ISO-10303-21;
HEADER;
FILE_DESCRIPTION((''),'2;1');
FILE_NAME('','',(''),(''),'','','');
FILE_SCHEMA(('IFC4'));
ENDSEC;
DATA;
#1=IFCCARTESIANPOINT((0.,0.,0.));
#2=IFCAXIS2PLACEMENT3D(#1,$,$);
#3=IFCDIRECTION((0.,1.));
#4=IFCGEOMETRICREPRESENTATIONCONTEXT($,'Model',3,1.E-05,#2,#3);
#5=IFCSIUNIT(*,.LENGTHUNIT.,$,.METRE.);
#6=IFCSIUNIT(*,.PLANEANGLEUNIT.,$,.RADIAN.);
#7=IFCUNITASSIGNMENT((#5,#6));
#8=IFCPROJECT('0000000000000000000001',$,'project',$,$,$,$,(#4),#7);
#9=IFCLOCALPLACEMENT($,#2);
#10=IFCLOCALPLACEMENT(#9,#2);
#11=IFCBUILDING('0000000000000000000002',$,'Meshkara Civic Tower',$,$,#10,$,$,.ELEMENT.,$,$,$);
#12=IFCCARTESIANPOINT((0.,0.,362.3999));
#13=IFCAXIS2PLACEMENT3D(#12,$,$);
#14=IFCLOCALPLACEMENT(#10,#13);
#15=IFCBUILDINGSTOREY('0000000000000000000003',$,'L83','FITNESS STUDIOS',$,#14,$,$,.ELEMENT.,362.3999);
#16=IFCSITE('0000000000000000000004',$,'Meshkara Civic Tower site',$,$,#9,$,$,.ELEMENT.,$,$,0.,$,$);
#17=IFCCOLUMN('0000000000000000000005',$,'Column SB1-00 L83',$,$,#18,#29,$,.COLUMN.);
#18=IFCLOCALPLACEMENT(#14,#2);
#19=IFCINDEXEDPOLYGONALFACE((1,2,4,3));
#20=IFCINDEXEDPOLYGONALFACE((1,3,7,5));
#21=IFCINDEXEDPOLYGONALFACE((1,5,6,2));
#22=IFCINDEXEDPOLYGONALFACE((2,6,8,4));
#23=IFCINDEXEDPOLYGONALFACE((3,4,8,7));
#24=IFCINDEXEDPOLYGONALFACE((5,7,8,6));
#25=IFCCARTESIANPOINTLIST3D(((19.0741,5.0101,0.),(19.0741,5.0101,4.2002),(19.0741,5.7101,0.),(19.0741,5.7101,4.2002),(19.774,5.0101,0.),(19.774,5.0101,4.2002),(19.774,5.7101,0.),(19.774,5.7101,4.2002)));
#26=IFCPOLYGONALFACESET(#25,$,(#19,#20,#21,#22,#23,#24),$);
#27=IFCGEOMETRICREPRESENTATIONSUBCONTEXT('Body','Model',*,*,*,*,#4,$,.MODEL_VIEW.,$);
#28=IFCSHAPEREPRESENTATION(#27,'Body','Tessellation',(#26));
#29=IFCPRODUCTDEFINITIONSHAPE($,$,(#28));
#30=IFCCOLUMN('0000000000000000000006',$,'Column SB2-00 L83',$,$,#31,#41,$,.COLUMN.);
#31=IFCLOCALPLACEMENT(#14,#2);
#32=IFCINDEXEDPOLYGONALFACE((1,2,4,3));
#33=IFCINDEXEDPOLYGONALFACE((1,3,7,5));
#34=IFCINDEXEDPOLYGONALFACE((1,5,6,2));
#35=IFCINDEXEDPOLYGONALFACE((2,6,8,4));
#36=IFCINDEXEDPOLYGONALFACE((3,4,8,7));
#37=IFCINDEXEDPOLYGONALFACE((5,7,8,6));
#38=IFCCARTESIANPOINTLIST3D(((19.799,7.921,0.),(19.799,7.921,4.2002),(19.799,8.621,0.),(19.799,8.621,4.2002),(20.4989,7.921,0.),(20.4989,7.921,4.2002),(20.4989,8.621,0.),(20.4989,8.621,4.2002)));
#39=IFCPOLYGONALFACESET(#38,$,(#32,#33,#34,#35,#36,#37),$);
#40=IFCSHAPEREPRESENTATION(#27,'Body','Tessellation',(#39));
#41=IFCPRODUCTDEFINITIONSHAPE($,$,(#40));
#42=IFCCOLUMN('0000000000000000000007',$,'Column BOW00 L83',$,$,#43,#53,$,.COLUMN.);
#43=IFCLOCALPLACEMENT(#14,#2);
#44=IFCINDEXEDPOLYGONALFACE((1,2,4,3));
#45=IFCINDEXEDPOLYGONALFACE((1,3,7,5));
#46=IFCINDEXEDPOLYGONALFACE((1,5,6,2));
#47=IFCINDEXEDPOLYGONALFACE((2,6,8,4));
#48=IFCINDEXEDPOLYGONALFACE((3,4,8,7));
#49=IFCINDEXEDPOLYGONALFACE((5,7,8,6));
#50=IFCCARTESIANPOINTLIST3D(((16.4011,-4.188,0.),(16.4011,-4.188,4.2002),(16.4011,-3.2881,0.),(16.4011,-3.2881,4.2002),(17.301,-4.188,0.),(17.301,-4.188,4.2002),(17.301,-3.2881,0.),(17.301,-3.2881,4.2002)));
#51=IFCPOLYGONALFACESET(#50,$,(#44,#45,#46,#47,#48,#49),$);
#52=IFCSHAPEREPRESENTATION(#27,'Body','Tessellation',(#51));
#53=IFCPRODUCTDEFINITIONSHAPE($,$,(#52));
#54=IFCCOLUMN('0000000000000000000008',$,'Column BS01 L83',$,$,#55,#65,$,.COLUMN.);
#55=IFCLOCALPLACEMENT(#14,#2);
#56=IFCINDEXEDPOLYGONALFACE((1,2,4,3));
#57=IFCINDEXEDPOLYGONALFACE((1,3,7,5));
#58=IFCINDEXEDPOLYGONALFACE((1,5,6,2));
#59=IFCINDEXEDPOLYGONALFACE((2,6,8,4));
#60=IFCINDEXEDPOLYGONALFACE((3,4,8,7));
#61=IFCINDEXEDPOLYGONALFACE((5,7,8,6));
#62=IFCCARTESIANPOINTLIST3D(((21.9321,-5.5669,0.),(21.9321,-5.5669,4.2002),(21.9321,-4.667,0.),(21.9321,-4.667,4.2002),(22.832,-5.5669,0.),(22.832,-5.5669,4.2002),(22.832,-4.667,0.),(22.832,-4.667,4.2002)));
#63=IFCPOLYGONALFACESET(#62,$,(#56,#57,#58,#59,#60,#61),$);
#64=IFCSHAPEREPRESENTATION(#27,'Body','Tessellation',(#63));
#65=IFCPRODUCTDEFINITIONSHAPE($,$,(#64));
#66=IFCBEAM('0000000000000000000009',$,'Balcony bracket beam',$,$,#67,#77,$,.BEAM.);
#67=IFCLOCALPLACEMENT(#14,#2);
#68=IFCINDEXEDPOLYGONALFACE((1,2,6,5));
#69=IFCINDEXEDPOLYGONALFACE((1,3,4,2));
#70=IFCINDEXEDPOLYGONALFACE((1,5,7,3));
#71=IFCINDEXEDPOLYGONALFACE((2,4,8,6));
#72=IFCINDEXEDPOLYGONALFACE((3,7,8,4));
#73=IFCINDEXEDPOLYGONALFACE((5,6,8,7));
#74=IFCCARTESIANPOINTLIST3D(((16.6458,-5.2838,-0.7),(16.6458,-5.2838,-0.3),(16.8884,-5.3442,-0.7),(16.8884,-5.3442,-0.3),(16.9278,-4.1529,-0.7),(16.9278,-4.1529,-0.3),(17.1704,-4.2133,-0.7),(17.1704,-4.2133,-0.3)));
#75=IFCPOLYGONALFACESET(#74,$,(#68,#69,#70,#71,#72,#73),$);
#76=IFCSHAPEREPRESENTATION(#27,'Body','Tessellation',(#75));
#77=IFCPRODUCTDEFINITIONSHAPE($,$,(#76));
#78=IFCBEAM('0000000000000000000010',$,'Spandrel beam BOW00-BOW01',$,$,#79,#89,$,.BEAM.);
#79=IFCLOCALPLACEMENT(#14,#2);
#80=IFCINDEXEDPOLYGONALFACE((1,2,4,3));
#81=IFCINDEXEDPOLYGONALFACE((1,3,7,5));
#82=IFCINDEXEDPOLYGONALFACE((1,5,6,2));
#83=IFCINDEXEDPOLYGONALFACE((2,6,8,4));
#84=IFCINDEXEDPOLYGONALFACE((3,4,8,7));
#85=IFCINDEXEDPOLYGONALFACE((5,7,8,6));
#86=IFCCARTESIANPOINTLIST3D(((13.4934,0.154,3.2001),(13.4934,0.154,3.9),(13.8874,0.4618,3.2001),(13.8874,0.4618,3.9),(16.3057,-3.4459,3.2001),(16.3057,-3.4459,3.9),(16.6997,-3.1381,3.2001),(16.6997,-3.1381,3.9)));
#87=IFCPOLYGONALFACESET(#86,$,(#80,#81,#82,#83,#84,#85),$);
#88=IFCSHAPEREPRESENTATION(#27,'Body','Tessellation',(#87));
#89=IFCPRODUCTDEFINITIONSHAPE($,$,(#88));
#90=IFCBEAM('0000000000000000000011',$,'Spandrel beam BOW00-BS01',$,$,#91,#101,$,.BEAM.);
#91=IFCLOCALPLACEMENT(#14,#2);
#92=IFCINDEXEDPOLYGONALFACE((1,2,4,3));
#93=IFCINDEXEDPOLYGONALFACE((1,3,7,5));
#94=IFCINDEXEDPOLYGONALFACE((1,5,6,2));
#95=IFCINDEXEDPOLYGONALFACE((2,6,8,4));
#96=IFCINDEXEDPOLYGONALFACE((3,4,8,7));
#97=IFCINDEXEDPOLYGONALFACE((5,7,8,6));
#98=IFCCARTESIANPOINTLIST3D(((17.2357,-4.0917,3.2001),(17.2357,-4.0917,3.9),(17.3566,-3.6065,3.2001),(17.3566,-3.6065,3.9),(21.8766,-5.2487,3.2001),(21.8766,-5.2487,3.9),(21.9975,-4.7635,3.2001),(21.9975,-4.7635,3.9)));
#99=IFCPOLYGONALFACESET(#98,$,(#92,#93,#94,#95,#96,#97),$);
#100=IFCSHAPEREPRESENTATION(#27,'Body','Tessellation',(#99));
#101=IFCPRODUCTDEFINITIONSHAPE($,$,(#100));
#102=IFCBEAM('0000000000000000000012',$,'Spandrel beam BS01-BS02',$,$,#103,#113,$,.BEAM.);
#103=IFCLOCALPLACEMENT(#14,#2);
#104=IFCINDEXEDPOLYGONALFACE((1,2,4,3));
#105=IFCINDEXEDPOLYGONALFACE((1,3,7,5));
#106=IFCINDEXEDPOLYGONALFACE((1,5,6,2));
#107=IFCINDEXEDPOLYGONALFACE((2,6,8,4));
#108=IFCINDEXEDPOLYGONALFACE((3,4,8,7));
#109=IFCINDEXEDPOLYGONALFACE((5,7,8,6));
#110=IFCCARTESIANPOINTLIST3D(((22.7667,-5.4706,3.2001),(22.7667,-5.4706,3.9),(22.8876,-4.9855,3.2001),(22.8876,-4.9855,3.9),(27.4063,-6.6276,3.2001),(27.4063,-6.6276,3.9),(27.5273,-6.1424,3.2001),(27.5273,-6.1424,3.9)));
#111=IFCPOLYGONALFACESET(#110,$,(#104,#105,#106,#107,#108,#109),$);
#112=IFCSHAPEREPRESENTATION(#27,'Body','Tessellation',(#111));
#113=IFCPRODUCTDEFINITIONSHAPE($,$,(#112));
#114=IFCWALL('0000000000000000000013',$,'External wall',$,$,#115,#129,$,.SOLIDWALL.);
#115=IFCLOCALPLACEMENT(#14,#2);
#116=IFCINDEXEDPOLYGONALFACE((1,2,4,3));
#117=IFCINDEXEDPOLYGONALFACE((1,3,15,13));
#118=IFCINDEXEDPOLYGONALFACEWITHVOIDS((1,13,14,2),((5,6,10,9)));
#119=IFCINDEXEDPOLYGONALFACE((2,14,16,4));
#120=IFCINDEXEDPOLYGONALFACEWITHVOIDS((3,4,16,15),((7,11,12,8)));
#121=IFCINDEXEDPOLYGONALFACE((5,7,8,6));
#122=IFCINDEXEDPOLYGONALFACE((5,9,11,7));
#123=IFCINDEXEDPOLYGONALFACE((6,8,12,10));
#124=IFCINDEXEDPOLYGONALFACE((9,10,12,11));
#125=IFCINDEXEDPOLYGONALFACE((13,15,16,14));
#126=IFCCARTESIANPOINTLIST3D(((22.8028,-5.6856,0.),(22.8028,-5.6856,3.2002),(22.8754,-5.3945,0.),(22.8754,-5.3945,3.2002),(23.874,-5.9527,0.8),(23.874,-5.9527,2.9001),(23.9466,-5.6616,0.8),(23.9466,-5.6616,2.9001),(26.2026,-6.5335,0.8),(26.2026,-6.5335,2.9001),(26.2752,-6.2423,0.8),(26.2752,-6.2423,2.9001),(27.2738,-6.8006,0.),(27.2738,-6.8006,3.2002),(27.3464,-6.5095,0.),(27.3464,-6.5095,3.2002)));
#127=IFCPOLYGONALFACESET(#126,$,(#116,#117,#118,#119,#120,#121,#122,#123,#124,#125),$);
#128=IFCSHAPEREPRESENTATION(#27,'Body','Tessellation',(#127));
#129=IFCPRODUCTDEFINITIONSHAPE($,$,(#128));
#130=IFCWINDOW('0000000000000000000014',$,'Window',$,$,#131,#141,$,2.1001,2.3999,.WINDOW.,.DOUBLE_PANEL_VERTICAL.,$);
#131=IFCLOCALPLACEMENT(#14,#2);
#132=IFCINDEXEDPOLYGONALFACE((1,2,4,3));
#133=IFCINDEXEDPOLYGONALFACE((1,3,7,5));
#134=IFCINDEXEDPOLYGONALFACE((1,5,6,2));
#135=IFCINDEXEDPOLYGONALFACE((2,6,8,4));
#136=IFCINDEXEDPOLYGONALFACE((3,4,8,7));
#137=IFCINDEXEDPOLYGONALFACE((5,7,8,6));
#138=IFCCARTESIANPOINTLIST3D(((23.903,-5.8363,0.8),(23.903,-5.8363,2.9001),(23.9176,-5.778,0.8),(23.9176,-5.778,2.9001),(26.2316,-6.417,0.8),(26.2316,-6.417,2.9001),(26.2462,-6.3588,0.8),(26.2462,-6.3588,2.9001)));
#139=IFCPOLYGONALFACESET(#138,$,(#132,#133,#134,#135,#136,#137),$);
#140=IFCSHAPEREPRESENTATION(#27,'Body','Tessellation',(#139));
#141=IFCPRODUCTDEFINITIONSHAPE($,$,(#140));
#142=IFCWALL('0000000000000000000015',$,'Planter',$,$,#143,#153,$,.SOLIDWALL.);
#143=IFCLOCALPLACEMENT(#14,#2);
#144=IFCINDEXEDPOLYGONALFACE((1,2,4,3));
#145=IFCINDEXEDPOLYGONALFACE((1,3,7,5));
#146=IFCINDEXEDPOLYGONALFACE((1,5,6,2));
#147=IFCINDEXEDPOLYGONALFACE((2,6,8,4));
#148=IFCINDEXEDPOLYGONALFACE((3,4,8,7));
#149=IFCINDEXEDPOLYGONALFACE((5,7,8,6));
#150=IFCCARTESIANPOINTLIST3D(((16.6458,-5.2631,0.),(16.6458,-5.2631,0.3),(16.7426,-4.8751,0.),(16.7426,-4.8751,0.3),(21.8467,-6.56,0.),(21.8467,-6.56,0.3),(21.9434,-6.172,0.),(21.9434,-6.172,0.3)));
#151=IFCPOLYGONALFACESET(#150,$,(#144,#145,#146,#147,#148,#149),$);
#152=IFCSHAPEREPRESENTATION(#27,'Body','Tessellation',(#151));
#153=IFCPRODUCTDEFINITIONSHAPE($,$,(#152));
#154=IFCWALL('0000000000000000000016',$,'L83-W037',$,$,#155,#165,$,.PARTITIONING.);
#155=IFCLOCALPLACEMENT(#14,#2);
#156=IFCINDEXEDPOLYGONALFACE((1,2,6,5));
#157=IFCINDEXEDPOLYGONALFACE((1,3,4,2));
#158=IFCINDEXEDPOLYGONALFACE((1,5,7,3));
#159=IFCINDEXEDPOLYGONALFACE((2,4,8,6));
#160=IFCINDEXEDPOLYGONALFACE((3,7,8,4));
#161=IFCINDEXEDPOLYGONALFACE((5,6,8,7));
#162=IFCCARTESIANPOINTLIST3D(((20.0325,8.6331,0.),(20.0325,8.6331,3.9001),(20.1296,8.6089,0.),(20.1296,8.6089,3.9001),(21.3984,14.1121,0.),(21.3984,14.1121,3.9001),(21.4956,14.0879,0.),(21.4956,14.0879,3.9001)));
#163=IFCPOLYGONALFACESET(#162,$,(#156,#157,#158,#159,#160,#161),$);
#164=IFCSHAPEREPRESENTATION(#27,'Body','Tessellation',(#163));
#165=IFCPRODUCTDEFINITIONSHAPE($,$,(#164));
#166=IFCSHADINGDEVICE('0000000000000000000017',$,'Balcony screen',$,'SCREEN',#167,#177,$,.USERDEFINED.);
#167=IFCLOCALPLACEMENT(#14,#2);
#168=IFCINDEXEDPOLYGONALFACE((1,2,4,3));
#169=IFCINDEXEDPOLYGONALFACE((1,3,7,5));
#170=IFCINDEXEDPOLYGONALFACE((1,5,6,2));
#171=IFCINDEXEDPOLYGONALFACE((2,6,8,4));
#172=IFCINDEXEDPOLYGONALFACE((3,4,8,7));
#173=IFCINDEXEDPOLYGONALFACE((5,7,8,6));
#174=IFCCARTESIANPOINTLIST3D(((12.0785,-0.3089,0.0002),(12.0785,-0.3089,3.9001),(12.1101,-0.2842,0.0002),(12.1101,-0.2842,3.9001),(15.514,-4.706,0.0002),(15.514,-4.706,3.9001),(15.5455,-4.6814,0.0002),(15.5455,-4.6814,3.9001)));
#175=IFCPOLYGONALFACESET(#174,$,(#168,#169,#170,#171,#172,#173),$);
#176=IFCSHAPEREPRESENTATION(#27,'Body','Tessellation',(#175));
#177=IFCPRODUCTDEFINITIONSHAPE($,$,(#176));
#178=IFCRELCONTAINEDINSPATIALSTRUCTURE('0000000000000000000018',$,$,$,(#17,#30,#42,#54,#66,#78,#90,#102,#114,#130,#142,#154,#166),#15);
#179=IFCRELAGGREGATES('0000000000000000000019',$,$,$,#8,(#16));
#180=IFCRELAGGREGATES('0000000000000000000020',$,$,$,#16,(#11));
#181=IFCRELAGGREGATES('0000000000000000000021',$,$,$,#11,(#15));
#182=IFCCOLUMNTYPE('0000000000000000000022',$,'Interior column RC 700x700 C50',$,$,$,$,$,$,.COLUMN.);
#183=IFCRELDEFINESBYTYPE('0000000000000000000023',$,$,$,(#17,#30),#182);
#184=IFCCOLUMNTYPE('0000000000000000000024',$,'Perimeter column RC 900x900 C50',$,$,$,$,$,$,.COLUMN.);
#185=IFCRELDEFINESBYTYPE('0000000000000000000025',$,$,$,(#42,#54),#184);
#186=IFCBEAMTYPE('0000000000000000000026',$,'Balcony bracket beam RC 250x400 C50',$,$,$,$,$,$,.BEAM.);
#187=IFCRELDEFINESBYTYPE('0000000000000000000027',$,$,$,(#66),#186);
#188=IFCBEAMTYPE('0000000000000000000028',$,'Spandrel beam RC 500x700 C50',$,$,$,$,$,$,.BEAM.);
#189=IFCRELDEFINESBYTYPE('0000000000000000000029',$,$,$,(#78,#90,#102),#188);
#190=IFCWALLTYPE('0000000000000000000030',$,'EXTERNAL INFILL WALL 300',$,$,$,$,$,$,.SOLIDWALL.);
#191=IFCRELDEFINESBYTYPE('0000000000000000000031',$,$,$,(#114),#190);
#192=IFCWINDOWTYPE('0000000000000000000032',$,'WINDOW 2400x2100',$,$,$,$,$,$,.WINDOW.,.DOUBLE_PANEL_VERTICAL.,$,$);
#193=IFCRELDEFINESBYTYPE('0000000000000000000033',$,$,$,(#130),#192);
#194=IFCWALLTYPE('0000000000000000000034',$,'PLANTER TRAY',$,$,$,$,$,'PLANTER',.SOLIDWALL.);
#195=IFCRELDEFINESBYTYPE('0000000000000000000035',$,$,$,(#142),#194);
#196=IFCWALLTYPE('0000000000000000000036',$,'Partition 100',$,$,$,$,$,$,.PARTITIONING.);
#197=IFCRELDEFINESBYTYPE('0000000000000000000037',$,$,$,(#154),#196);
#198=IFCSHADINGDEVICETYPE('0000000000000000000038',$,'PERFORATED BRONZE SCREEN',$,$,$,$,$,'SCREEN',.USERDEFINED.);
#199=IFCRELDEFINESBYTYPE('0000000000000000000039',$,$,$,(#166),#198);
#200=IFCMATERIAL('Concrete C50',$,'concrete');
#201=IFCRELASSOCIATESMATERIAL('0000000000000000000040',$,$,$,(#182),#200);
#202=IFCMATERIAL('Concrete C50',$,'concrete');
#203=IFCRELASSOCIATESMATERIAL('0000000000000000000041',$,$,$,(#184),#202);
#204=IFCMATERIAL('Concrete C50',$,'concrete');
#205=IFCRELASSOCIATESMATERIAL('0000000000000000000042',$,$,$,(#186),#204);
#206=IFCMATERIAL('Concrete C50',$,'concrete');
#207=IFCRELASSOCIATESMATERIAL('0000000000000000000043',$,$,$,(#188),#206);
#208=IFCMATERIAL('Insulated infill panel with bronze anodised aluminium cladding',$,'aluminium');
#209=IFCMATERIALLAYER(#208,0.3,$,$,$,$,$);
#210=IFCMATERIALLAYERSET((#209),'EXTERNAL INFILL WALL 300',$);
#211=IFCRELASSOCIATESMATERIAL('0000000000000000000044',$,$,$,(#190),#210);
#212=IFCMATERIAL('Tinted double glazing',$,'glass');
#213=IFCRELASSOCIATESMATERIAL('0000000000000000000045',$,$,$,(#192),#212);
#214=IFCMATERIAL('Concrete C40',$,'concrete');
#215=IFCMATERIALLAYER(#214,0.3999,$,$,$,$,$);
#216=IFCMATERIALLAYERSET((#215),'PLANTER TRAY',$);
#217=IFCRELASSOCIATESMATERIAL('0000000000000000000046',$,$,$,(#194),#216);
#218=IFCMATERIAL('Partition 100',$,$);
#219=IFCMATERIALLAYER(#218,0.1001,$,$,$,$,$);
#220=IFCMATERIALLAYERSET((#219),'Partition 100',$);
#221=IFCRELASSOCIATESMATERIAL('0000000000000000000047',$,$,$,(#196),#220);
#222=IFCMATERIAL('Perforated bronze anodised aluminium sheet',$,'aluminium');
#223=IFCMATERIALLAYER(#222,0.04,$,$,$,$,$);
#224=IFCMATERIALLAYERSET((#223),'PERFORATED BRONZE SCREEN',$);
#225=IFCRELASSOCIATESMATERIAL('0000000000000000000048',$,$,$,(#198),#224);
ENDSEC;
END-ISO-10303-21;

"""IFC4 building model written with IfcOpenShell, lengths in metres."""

from ifc_helpers import new_model, si_unit, direction, frame, frame_2d, origin, origin_2d, place, context, subcontext, project, spatial, rectangle, extrude, material, layer, layer_set, material_profile, profile_set, type_object, element, fill, save


model = new_model("IFC4")

# Units and contexts
model_context = context("Model", 3, precision=1e-05, world=origin(), true_north=direction((0.0, 1.0)))
body_context = subcontext(model_context, "Body", "Model", "MODEL_VIEW")
ifc_project = project(units=[si_unit("LENGTHUNIT", "METRE"), si_unit("PLANEANGLEUNIT", "RADIAN")], contexts=[model_context])

# Site, building, storey
site_placement = place(None, origin())
site = spatial("IfcSite", under=ifc_project, at=site_placement, Name="Meshkara Civic Tower site", CompositionType="ELEMENT", RefElevation=0.0)
building_placement = place(site_placement, origin())
building = spatial("IfcBuilding", under=site, at=building_placement, Name="Meshkara Civic Tower", CompositionType="ELEMENT")
storey_placement = place(building_placement, frame((0.0, 0.0, 362.3999)))
storey = spatial("IfcBuildingStorey", under=building, at=storey_placement, Name="L83", Description="FITNESS STUDIOS", CompositionType="ELEMENT", Elevation=362.3999)

# Columns
ifc_material_1 = material(Name="Concrete C50", Category="concrete")
ifc_material_profile_1 = material_profile(ifc_material_1, rectangle(XDim=0.7, YDim=0.7, at=origin_2d()))
ifc_profile_set_1 = profile_set([ifc_material_profile_1], Name="Concrete C50")
column_type_1 = type_object("IfcColumnType", Name="Interior column RC 700x700 C50", PredefinedType="COLUMN", material=ifc_profile_set_1)
for number, where, z_axis, x_axis, name in (
    (1, (19.4241, 5.3601, 0.0), (0.0, 0.0, 1.0), (1.0, 0.0, 0.0), "Column SB1-00 L83"),
    (2, (20.1489, 8.271, 0.0), (0.0, 0.0, 1.0), (1.0, 0.0, 0.0), "Column SB2-00 L83"),
):
    element("IfcColumn", number, at=place(storey_placement, frame(where, z_axis=z_axis, x_axis=x_axis)), inside=storey, type_object=column_type_1, Name=name, PredefinedType="COLUMN", context=body_context, shape_type="SweptSolid", body=[
        extrude(rectangle(XDim=0.7, YDim=0.7, at=origin_2d()), origin(), (0.0, 0.0, 1.0), 4.2002),
    ])
ifc_material_2 = material(Name="Concrete C50", Category="concrete")
ifc_material_profile_2 = material_profile(ifc_material_2, rectangle(XDim=0.8999, YDim=0.8999, at=origin_2d()))
ifc_profile_set_2 = profile_set([ifc_material_profile_2], Name="Concrete C50")
column_type_2 = type_object("IfcColumnType", Name="Perimeter column RC 900x900 C50", PredefinedType="COLUMN", material=ifc_profile_set_2)
for number, where, z_axis, x_axis, name in (
    (3, (16.8511, -3.738, 0.0), (0.0, 0.0, 1.0), (1.0, 0.0, 0.0), "Column BOW00 L83"),
    (4, (22.3821, -5.1169, 0.0), (0.0, 0.0, 1.0), (1.0, 0.0, 0.0), "Column BS01 L83"),
):
    element("IfcColumn", number, at=place(storey_placement, frame(where, z_axis=z_axis, x_axis=x_axis)), inside=storey, type_object=column_type_2, Name=name, PredefinedType="COLUMN", context=body_context, shape_type="SweptSolid", body=[
        extrude(rectangle(XDim=0.8999, YDim=0.8999, at=origin_2d()), origin(), (0.0, 0.0, 1.0), 4.2002),
    ])

# Beams
ifc_material_3 = material(Name="Concrete C50", Category="concrete")
ifc_material_profile_3 = material_profile(ifc_material_3, rectangle(XDim=0.25, YDim=0.3999, at=origin_2d()))
ifc_profile_set_3 = profile_set([ifc_material_profile_3], Name="Concrete C50")
beam_type_1 = type_object("IfcBeamType", Name="Balcony bracket beam RC 250x400 C50", PredefinedType="BEAM", material=ifc_profile_set_3)
beam_1_placement = place(storey_placement, frame((17.0491, -4.1831, -0.5), z_axis=(-0.241944, -0.97029, 0.0), x_axis=(0.97029, -0.241944, 0.0)))
element("IfcBeam", 5, at=beam_1_placement, inside=storey, type_object=beam_type_1, Name="Balcony bracket beam", PredefinedType="BEAM", context=body_context, shape_type="SweptSolid", body=[
    extrude(rectangle(XDim=0.25, YDim=0.3999, at=origin_2d()), origin(), (0.0, 0.0, 1.0), 1.1655),
])
ifc_material_4 = material(Name="Concrete C50", Category="concrete")
ifc_material_profile_4 = material_profile(ifc_material_4, rectangle(XDim=0.5, YDim=0.7, at=origin_2d()))
ifc_profile_set_4 = profile_set([ifc_material_profile_4], Name="Concrete C50")
beam_type_2 = type_object("IfcBeamType", Name="Spandrel beam RC 500x700 C50", PredefinedType="BEAM", material=ifc_profile_set_4)
beam_2_placement = place(storey_placement, frame((13.6904, 0.3079, 3.55), z_axis=(0.615626, -0.788038, 0.0), x_axis=(0.788038, 0.615626, 0.0)))
element("IfcBeam", 6, at=beam_2_placement, inside=storey, type_object=beam_type_2, Name="Spandrel beam BOW00-BOW01", PredefinedType="BEAM", context=body_context, shape_type="SweptSolid", body=[
    extrude(rectangle(XDim=0.5, YDim=0.7, at=origin_2d()), origin(), (0.0, 0.0, 1.0), 4.5681),
])
beam_3_placement = place(storey_placement, frame((17.2961, -3.8491, 3.55), z_axis=(0.970301, -0.241899, 0.0), x_axis=(0.241899, 0.970301, 0.0)))
element("IfcBeam", 7, at=beam_3_placement, inside=storey, type_object=beam_type_2, Name="Spandrel beam BOW00-BS01", PredefinedType="BEAM", context=body_context, shape_type="SweptSolid", body=[
    extrude(rectangle(XDim=0.5, YDim=0.7, at=origin_2d()), origin(), (0.0, 0.0, 1.0), 4.783),
])
beam_4_placement = place(storey_placement, frame((22.8271, -5.228, 3.55), z_axis=(0.970286, -0.241959, 0.0), x_axis=(0.241959, 0.970286, 0.0)))
element("IfcBeam", 8, at=beam_4_placement, inside=storey, type_object=beam_type_2, Name="Spandrel beam BS01-BS02", PredefinedType="BEAM", context=body_context, shape_type="SweptSolid", body=[
    extrude(rectangle(XDim=0.5, YDim=0.7, at=origin_2d()), origin(), (0.0, 0.0, 1.0), 4.7817),
])

# Wall, opening, window
ifc_material_5 = material(Name="Insulated infill panel with bronze anodised aluminium cladding", Category="aluminium")
ifc_layer_1 = layer(ifc_material_5, 0.3)
ifc_layer_set_1 = layer_set([ifc_layer_1], Name="EXTERNAL INFILL WALL 300")
wall_type_1 = type_object("IfcWallType", Name="EXTERNAL INFILL WALL 300", PredefinedType="SOLIDWALL", material=ifc_layer_set_1)
wall_1_placement = place(storey_placement, frame((22.8391, -5.54, 0.0), z_axis=(0.0, 0.0, 1.0), x_axis=(0.970283, -0.241975, 0.0)))
wall_1 = element("IfcWall", 9, at=wall_1_placement, inside=storey, type_object=wall_type_1, Name="External wall", PredefinedType="SOLIDWALL", context=body_context, shape_type="SweptSolid", body=[
    extrude(rectangle(XDim=4.6079, YDim=0.3, at=frame_2d((2.304, 0.0))), origin(), (0.0, 0.0, 1.0), 3.2002),
])
opening_1_placement = place(wall_1_placement, frame((1.104, 0.0, 0.8)))
opening_1 = element("IfcOpeningElement", 10, at=opening_1_placement, cuts=wall_1, PredefinedType="OPENING", context=body_context, shape_type="SweptSolid", body=[
    extrude(rectangle(XDim=2.3999, YDim=2.1001, at=frame_2d((1.2, 1.05))), frame((0.0, 0.1599, 0.0), z_axis=(0.0, -1.0, 0.0), x_axis=(1.0, 0.0, 0.0)), (0.0, 0.0, 1.0), 0.3201),
])
ifc_material_6 = material(Name="Tinted double glazing", Category="glass")
window_type = type_object("IfcWindowType", Name="WINDOW 2400x2100", PartitioningType="DOUBLE_PANEL_VERTICAL", PredefinedType="WINDOW", material=ifc_material_6)
window_placement = place(opening_1_placement, origin())
window = element("IfcWindow", 11, at=window_placement, inside=storey, type_object=window_type, Name="Window", OverallHeight=2.1001, OverallWidth=2.3999, PartitioningType="DOUBLE_PANEL_VERTICAL", PredefinedType="WINDOW", context=body_context, shape_type="SweptSolid", body=[
    extrude(rectangle(XDim=2.3999, YDim=2.1001, at=frame_2d((1.2, 1.05))), frame((0.0, 0.03, 0.0), z_axis=(0.0, -1.0, 0.0), x_axis=(1.0, 0.0, 0.0)), (0.0, 0.0, 1.0), 0.0601),
])
fill(opening_1, window)

# Walls
ifc_material_7 = material(Name="Concrete C40", Category="concrete")
ifc_layer_2 = layer(ifc_material_7, 0.3999)
ifc_layer_set_2 = layer_set([ifc_layer_2], Name="PLANTER TRAY")
wall_type_2 = type_object("IfcWallType", Name="PLANTER TRAY", ElementType="PLANTER", PredefinedType="SOLIDWALL", material=ifc_layer_set_2)
wall_2_placement = place(storey_placement, frame((16.6941, -5.0691, 0.0), z_axis=(0.0, 0.0, 1.0), x_axis=(0.97029, -0.241946, 0.0)))
element("IfcWall", 12, at=wall_2_placement, inside=storey, type_object=wall_type_2, Name="Planter", PredefinedType="SOLIDWALL", context=body_context, shape_type="SweptSolid", body=[
    extrude(rectangle(XDim=5.3601, YDim=0.3999, at=frame_2d((2.6802, 0.0))), origin(), (0.0, 0.0, 1.0), 0.3),
])
ifc_material_8 = material(Name="Partition 100")
ifc_layer_3 = layer(ifc_material_8, 0.1001)
ifc_layer_set_3 = layer_set([ifc_layer_3], Name="Partition 100")
wall_type_3 = type_object("IfcWallType", Name="Partition 100", PredefinedType="PARTITIONING", material=ifc_layer_set_3)
wall_3_placement = place(storey_placement, frame((20.0811, 8.6211, 0.0), z_axis=(0.0, 0.0, 1.0), x_axis=(0.241905, 0.9703, 0.0)))
element("IfcWall", 13, at=wall_3_placement, inside=storey, type_object=wall_type_3, Name="L83-W037", PredefinedType="PARTITIONING", context=body_context, shape_type="SweptSolid", body=[
    extrude(rectangle(XDim=5.6467, YDim=0.1001, at=frame_2d((2.8232, 0.0))), origin(), (0.0, 0.0, 1.0), 3.9001),
])

# Shading device
ifc_material_9 = material(Name="Perforated bronze anodised aluminium sheet", Category="aluminium")
ifc_layer_4 = layer(ifc_material_9, 0.04)
ifc_layer_set_4 = layer_set([ifc_layer_4], Name="PERFORATED BRONZE SCREEN")
shading_device_type = type_object("IfcShadingDeviceType", Name="PERFORATED BRONZE SCREEN", ElementType="SCREEN", PredefinedType="USERDEFINED", material=ifc_layer_set_4)
for number, where, z_axis, x_axis, name in (
    (14, (13.812, -2.4951, 0.0002), (0.0, 0.0, 1.0), (0.615661, -0.788011, 0.0), "Balcony screen"),
):
    element("IfcShadingDevice", number, at=place(storey_placement, frame(where, z_axis=z_axis, x_axis=x_axis)), inside=storey, type_object=shading_device_type, Name=name, ObjectType="SCREEN", PredefinedType="USERDEFINED", context=body_context, shape_type="SweptSolid", body=[
        extrude(rectangle(XDim=5.5801, YDim=0.04, at=origin_2d()), origin(), (0.0, 0.0, 1.0), 3.8999),
    ])

save(model, "model.ifc")
